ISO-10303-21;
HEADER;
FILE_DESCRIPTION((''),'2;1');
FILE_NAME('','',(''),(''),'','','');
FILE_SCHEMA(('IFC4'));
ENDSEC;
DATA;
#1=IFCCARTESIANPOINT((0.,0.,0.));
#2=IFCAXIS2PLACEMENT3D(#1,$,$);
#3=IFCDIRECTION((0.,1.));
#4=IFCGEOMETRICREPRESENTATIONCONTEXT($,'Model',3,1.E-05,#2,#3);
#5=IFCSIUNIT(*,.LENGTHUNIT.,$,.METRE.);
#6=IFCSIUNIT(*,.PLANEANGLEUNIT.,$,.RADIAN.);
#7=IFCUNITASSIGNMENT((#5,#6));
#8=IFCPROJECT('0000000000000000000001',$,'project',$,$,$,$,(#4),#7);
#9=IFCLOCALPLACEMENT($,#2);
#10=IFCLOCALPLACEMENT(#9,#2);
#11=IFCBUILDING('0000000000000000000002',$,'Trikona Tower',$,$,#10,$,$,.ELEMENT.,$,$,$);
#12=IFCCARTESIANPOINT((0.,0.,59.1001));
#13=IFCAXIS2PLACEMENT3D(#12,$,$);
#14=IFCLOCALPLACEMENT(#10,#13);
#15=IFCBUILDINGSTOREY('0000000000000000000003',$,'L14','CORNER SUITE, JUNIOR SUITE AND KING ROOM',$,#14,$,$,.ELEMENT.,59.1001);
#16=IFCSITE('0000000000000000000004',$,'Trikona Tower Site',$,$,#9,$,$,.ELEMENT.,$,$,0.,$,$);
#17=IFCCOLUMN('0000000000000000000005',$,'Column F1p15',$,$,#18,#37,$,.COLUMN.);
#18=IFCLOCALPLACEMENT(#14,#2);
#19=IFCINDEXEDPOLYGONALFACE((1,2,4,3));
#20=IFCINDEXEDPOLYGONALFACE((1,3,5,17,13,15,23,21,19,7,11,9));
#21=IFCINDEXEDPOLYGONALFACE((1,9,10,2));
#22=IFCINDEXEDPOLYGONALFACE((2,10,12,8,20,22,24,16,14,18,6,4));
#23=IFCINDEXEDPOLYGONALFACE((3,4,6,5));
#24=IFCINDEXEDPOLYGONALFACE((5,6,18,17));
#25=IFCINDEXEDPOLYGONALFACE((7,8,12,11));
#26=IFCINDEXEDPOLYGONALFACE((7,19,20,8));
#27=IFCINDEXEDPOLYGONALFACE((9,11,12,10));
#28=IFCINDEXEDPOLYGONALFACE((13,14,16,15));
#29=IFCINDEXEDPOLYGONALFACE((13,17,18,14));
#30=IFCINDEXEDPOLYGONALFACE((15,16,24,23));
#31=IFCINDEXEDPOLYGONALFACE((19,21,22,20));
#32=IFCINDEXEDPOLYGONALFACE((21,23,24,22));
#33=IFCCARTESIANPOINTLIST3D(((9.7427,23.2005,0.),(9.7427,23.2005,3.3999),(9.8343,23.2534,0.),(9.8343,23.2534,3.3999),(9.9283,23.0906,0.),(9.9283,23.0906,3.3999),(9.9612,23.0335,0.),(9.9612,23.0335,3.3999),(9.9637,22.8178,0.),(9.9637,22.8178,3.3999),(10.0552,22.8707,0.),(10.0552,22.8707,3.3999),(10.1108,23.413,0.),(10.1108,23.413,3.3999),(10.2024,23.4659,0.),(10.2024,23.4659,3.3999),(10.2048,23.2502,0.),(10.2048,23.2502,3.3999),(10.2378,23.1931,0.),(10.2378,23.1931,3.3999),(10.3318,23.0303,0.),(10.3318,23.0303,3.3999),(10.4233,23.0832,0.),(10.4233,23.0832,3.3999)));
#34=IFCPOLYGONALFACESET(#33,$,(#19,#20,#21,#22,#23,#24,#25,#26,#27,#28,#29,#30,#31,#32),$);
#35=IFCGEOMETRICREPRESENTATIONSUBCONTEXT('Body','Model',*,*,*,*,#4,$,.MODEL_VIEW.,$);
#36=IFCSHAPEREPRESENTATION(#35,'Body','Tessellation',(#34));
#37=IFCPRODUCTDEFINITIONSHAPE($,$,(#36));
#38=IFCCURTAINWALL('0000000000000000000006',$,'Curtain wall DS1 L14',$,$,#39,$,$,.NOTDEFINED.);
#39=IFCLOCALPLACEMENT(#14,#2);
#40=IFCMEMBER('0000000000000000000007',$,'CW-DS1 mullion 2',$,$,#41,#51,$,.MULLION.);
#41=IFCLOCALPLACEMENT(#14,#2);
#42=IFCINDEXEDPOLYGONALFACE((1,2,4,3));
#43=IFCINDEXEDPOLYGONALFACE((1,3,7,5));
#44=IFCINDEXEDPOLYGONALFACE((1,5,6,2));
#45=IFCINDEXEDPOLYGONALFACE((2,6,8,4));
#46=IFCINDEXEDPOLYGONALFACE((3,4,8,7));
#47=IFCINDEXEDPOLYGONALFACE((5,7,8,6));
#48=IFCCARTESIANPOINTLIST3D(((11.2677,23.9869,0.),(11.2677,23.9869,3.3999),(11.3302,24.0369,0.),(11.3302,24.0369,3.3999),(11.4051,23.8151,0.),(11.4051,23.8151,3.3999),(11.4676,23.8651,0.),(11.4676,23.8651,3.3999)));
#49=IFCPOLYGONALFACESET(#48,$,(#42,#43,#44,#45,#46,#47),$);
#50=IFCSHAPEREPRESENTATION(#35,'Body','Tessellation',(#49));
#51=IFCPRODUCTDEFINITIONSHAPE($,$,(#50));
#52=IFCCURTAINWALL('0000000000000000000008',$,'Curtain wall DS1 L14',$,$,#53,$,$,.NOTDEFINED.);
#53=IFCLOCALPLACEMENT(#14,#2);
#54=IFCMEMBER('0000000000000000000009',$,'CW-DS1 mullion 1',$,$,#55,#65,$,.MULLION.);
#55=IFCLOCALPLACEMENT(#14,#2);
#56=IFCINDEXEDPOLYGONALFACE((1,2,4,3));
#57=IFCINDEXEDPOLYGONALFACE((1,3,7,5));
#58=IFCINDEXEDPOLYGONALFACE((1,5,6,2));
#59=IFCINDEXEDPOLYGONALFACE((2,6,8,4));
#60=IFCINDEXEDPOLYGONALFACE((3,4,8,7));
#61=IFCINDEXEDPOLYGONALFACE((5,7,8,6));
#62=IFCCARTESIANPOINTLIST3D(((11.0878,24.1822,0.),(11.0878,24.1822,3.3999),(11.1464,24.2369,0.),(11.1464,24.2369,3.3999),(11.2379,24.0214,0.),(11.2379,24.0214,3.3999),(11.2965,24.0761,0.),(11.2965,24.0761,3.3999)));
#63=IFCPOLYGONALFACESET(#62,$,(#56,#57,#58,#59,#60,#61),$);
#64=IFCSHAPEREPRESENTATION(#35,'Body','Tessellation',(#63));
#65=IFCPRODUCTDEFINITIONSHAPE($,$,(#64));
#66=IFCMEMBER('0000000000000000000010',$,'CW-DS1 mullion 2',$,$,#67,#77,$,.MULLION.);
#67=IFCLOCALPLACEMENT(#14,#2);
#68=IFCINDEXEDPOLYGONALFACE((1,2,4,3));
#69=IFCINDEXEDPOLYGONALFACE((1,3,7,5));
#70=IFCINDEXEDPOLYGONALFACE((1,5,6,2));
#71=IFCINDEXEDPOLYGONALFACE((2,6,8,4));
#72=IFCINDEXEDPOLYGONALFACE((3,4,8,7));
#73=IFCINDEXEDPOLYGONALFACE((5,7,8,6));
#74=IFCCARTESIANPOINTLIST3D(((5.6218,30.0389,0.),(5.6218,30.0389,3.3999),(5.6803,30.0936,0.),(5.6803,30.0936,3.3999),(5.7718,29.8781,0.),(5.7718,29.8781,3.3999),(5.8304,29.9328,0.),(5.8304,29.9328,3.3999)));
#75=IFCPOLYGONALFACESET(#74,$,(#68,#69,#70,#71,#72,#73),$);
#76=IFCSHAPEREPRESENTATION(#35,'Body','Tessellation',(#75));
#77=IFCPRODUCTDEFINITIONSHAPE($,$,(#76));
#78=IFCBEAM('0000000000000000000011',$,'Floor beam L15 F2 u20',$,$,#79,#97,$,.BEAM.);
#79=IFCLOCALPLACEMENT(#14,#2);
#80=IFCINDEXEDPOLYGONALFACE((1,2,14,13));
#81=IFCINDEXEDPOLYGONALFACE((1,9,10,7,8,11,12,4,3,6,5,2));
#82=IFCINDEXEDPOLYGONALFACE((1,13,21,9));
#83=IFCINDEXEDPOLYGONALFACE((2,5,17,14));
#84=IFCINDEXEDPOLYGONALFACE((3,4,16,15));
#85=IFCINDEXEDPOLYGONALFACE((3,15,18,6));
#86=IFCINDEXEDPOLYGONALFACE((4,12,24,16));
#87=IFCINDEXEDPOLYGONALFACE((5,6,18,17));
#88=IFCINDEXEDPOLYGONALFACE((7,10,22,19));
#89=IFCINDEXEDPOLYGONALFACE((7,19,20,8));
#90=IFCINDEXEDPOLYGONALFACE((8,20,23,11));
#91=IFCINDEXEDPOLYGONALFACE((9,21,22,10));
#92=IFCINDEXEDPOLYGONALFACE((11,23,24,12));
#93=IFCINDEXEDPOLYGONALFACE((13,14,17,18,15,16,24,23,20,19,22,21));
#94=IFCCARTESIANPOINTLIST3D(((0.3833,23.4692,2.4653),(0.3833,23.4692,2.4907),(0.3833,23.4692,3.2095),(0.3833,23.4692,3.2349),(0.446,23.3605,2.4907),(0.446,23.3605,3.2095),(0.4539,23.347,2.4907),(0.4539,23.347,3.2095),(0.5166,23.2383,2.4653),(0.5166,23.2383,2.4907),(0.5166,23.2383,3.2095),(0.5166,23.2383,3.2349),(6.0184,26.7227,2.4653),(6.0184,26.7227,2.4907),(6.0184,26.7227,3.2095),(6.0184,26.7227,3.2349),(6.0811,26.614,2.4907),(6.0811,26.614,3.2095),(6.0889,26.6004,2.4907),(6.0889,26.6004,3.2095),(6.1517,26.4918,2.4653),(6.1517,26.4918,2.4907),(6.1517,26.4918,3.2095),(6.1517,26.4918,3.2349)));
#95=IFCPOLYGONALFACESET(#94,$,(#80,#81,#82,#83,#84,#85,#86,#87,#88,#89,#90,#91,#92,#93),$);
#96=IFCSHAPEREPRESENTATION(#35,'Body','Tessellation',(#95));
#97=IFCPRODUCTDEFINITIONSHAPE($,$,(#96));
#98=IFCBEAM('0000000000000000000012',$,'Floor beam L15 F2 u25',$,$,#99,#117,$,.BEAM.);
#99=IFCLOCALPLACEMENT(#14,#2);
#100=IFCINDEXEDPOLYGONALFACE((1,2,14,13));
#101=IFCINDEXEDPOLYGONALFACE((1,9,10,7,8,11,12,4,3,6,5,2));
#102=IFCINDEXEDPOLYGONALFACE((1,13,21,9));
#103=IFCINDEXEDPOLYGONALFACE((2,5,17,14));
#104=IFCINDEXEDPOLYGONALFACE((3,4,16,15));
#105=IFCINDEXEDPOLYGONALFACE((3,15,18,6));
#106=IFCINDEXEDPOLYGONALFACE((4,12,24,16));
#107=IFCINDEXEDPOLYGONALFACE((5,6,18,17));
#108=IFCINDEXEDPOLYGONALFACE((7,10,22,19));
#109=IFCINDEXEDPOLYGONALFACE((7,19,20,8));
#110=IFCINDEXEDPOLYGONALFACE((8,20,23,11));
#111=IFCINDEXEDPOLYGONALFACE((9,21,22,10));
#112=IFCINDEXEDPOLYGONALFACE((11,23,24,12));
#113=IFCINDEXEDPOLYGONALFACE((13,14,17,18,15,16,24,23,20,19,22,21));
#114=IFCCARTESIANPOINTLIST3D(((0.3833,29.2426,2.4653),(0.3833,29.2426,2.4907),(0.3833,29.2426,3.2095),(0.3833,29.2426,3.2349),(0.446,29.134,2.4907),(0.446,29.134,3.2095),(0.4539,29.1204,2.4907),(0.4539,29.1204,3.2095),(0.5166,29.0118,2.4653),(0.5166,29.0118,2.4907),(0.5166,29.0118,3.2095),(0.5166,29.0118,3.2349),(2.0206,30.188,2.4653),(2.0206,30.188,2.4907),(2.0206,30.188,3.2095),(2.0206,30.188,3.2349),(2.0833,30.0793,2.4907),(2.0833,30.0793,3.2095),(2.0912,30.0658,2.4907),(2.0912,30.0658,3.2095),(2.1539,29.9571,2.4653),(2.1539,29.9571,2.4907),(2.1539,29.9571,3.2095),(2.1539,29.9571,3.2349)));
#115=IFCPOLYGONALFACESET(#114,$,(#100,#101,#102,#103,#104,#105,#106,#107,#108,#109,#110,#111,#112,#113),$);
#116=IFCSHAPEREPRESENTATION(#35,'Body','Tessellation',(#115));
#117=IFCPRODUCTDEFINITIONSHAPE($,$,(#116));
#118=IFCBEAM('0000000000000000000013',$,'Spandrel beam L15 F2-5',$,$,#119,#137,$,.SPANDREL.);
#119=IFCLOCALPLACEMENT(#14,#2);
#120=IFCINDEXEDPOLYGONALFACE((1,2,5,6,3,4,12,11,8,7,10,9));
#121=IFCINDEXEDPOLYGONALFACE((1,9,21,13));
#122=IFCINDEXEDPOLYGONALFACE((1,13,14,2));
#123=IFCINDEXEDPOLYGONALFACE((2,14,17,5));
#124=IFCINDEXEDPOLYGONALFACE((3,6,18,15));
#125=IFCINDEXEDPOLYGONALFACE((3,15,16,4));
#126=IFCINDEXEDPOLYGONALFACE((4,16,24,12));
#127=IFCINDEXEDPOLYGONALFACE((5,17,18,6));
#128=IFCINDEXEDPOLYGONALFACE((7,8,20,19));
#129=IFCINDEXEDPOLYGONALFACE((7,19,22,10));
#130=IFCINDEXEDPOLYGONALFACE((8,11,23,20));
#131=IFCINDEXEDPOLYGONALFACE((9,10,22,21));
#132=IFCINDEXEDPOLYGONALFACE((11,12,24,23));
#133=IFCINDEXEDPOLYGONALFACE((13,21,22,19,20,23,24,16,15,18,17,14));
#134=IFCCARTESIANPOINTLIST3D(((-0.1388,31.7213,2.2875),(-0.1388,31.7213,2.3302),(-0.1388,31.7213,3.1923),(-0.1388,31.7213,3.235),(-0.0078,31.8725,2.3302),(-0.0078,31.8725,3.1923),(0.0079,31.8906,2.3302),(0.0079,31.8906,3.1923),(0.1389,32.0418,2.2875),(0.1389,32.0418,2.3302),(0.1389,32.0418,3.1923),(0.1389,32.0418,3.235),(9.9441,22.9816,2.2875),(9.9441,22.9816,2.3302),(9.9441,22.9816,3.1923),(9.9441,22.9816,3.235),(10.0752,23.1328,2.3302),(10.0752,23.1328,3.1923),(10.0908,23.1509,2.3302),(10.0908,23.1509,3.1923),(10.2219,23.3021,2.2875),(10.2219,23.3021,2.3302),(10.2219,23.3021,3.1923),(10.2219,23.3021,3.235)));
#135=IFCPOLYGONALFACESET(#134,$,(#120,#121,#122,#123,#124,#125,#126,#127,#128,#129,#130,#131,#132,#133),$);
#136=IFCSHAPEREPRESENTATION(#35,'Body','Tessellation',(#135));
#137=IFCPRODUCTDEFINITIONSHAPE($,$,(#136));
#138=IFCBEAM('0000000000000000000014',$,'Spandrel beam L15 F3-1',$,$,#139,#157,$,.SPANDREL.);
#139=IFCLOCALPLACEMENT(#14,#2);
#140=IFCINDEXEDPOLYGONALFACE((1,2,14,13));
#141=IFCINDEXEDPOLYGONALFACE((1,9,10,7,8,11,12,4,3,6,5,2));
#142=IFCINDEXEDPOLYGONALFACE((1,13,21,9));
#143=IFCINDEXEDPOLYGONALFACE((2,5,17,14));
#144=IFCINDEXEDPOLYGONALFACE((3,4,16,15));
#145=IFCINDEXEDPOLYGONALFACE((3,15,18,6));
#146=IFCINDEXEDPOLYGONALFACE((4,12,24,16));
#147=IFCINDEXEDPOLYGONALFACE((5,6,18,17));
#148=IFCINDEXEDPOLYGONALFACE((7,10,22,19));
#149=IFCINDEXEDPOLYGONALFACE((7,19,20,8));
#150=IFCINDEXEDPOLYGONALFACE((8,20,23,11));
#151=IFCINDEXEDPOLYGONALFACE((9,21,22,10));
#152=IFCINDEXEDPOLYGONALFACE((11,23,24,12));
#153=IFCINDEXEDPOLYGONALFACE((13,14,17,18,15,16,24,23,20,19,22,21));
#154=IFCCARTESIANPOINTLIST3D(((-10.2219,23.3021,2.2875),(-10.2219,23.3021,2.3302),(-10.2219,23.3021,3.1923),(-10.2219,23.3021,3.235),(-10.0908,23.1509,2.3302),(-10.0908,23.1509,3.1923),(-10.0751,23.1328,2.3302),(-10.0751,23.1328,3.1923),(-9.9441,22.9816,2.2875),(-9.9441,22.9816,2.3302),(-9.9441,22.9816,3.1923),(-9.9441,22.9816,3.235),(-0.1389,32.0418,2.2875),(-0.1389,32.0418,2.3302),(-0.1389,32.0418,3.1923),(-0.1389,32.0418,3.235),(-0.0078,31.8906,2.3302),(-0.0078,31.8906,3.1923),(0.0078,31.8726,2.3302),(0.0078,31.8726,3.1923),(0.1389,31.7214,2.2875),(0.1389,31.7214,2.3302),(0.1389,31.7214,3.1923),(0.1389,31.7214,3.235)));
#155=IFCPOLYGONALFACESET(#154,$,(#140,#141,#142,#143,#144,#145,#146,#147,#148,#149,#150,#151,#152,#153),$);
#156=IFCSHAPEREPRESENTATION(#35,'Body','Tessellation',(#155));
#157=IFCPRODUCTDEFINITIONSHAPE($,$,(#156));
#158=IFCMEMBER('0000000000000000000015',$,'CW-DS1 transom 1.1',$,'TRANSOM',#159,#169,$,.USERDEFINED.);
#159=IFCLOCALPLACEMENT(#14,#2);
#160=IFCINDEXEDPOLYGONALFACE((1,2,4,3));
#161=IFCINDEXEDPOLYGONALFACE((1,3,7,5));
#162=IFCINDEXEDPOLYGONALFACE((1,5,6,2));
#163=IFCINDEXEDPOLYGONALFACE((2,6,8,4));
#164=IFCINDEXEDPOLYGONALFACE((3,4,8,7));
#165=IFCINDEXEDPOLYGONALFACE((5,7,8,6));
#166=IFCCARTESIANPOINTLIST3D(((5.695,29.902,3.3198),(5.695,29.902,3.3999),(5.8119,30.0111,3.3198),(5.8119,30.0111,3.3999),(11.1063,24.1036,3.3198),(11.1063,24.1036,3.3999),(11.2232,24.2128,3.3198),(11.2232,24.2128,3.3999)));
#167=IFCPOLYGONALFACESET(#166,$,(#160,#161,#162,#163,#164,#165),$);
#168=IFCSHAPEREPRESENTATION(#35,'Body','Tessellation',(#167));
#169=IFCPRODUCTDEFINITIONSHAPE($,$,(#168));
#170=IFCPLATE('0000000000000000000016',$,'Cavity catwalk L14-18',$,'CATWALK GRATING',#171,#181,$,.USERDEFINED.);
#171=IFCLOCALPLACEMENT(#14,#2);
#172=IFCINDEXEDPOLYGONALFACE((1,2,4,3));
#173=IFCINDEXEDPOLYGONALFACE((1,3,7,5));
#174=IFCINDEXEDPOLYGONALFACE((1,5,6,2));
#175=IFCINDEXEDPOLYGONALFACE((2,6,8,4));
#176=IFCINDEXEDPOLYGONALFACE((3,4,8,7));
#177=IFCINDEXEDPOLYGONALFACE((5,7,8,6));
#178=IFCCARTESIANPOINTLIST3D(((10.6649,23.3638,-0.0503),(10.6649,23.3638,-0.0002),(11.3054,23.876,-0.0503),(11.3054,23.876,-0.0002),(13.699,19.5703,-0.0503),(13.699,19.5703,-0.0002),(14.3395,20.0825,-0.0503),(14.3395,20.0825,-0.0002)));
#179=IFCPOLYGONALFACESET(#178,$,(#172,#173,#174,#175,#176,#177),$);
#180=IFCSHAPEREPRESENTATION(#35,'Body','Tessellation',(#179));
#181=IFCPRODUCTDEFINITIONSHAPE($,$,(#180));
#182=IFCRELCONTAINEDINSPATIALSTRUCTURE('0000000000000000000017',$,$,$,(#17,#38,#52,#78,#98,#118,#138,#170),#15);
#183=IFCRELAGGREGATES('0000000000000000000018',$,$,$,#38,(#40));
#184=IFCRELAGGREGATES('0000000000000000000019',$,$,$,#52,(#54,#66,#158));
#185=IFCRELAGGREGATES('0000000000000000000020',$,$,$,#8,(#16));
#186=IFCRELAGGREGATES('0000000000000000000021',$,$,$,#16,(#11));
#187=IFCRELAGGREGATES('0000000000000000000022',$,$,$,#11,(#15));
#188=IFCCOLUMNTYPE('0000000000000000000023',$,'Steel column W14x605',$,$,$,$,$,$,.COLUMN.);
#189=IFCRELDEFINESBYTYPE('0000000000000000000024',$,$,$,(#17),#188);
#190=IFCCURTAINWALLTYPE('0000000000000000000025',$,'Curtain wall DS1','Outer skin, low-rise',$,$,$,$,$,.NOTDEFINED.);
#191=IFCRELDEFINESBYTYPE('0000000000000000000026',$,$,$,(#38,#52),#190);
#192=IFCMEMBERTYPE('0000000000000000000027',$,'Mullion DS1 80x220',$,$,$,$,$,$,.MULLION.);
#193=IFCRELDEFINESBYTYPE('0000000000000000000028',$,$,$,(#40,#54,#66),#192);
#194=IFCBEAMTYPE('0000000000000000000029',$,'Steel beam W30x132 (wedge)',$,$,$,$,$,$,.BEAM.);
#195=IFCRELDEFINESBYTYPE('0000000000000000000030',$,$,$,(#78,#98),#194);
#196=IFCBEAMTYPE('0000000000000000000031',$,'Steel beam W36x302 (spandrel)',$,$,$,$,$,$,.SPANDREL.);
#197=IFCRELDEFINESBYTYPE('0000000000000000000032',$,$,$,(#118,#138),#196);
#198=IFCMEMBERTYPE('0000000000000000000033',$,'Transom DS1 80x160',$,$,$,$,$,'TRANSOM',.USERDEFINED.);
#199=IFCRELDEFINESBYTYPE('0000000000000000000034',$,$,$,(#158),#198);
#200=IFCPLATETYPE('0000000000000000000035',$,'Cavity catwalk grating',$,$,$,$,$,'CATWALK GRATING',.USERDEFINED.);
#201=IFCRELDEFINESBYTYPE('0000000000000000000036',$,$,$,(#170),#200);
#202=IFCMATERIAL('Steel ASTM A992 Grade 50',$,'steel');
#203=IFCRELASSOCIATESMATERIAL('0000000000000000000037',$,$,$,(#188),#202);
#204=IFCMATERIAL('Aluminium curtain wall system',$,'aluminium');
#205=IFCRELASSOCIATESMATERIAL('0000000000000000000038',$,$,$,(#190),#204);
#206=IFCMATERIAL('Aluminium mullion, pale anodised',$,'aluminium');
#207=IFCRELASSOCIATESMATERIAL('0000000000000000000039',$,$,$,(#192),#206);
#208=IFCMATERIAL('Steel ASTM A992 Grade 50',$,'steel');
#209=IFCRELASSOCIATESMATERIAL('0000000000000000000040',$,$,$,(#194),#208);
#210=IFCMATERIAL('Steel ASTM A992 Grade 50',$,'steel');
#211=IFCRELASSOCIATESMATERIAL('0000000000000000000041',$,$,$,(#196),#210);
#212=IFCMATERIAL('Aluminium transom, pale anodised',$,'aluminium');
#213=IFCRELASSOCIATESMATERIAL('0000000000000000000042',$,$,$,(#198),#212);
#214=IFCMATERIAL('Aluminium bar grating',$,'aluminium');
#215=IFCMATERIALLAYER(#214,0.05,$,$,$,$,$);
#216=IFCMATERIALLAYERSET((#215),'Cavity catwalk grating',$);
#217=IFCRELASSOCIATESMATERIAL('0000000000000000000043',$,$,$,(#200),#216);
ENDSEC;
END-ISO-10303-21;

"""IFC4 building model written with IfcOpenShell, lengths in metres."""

from ifc_helpers import new_model, si_unit, direction, frame, origin, origin_2d, place, context, subcontext, project, spatial, rectangle, i_section, extrude, material, layer, layer_set, material_profile, profile_set, type_object, element, aggregate, save


model = new_model("IFC4")

# Units and contexts
model_context = context("Model", 3, precision=1e-05, world=origin(), true_north=direction((0.0, 1.0)))
body_context = subcontext(model_context, "Body", "Model", "MODEL_VIEW")
ifc_project = project(units=[si_unit("LENGTHUNIT", "METRE"), si_unit("PLANEANGLEUNIT", "RADIAN")], contexts=[model_context])

# Site, building, storey
site_placement = place(None, origin())
site = spatial("IfcSite", under=ifc_project, at=site_placement, Name="Trikona Tower Site", CompositionType="ELEMENT", RefElevation=0.0)
building_placement = place(site_placement, origin())
building = spatial("IfcBuilding", under=site, at=building_placement, Name="Trikona Tower", CompositionType="ELEMENT")
storey_placement = place(building_placement, frame((0.0, 0.0, 59.1001)))
storey = spatial("IfcBuildingStorey", under=building, at=storey_placement, Name="L14", Description="CORNER SUITE, JUNIOR SUITE AND KING ROOM", CompositionType="ELEMENT", Elevation=59.1001)

# Column
ifc_material_1 = material(Name="Steel ASTM A992 Grade 50", Category="steel")
ifc_material_profile_1 = material_profile(ifc_material_1, i_section(OverallWidth=0.4419, OverallDepth=0.5308, WebThickness=0.0659, FlangeThickness=0.1057, at=origin_2d()), Name="W14X605")
ifc_profile_set_1 = profile_set([ifc_material_profile_1], Name="Steel ASTM A992 Grade 50")
column_type = type_object("IfcColumnType", Name="Steel column W14x605", PredefinedType="COLUMN", material=ifc_profile_set_1)
column_placement = place(storey_placement, frame((10.083, 23.1418, 0.0), z_axis=(0.0, 0.0, 1.0), x_axis=(-0.5, 0.866025, 0.0)))
element("IfcColumn", 1, at=column_placement, inside=storey, type_object=column_type, Name="Column F1p15", PredefinedType="COLUMN", context=body_context, shape_type="SweptSolid", body=[
    extrude(i_section(OverallWidth=0.4419, OverallDepth=0.5308, WebThickness=0.0659, FlangeThickness=0.1057, at=origin_2d()), origin(), (0.0, 0.0, 1.0), 3.3999),
])

# Curtain wall, member
ifc_material_2 = material(Name="Aluminium curtain wall system", Category="aluminium")
curtain_wall_type = type_object("IfcCurtainWallType", Name="Curtain wall DS1", Description="Outer skin, low-rise", PredefinedType="NOTDEFINED", material=ifc_material_2)
curtain_wall_1_placement = place(storey_placement, origin())
curtain_wall_1 = element("IfcCurtainWall", 2, at=curtain_wall_1_placement, inside=storey, type_object=curtain_wall_type, Name="Curtain wall DS1 L14", PredefinedType="NOTDEFINED")
ifc_material_3 = material(Name="Aluminium mullion, pale anodised", Category="aluminium")
ifc_material_profile_2 = material_profile(ifc_material_3, rectangle(XDim=0.0801, YDim=0.22, at=origin_2d()), Name="MUL-DS1")
ifc_profile_set_2 = profile_set([ifc_material_profile_2], Name="Aluminium mullion, pale anodised")
member_type_1 = type_object("IfcMemberType", Name="Mullion DS1 80x220", PredefinedType="MULLION", material=ifc_profile_set_2)
member_1_placement = place(storey_placement, frame((11.3677, 23.926, 0.0), z_axis=(0.0, 0.0, 1.0), x_axis=(-0.780938, -0.624609, 0.0)))
member_1 = element("IfcMember", 3, at=member_1_placement, type_object=member_type_1, Name="CW-DS1 mullion 2", PredefinedType="MULLION", context=body_context, shape_type="SweptSolid", body=[
    extrude(rectangle(XDim=0.0801, YDim=0.22, at=origin_2d()), origin(), (0.0, 0.0, 1.0), 3.3999),
])

# Curtain wall, members
curtain_wall_2_placement = place(storey_placement, origin())
curtain_wall_2 = element("IfcCurtainWall", 4, at=curtain_wall_2_placement, inside=storey, type_object=curtain_wall_type, Name="Curtain wall DS1 L14", PredefinedType="NOTDEFINED")
member_2_placement = place(storey_placement, frame((11.1921, 24.1292, 0.0), z_axis=(0.0, 0.0, 1.0), x_axis=(-0.731077, -0.682295, 0.0)))
member_2 = element("IfcMember", 5, at=member_2_placement, type_object=member_type_1, Name="CW-DS1 mullion 1", PredefinedType="MULLION", context=body_context, shape_type="SweptSolid", body=[
    extrude(rectangle(XDim=0.0801, YDim=0.22, at=origin_2d()), origin(), (0.0, 0.0, 1.0), 3.3999),
])
member_3_placement = place(storey_placement, frame((5.7261, 29.9858, 0.0), z_axis=(0.0, 0.0, 1.0), x_axis=(-0.731077, -0.682295, 0.0)))
member_3 = element("IfcMember", 6, at=member_3_placement, type_object=member_type_1, Name="CW-DS1 mullion 2", PredefinedType="MULLION", context=body_context, shape_type="SweptSolid", body=[
    extrude(rectangle(XDim=0.0801, YDim=0.22, at=origin_2d()), origin(), (0.0, 0.0, 1.0), 3.3999),
])

# Beams
ifc_material_4 = material(Name="Steel ASTM A992 Grade 50", Category="steel")
ifc_material_profile_3 = material_profile(ifc_material_4, i_section(OverallWidth=0.2666, OverallDepth=0.7695, WebThickness=0.0156, FlangeThickness=0.0254, at=origin_2d()), Name="W30X132")
ifc_profile_set_3 = profile_set([ifc_material_profile_3], Name="Steel ASTM A992 Grade 50")
beam_type_1 = type_object("IfcBeamType", Name="Steel beam W30x132 (wedge)", PredefinedType="BEAM", material=ifc_profile_set_3)
beam_1_placement = place(storey_placement, frame((0.45, 23.3538, 2.8501), z_axis=(0.866023, 0.500005, 0.0), x_axis=(-0.500005, 0.866023, 0.0)))
element("IfcBeam", 7, at=beam_1_placement, inside=storey, type_object=beam_type_1, Name="Floor beam L15 F2 u20", PredefinedType="BEAM", context=body_context, shape_type="SweptSolid", body=[
    extrude(i_section(OverallWidth=0.2666, OverallDepth=0.7695, WebThickness=0.0156, FlangeThickness=0.0254, at=origin_2d()), origin(), (0.0, 0.0, 1.0), 6.5068),
])
beam_2_placement = place(storey_placement, frame((0.45, 29.1272, 2.8501), z_axis=(0.866009, 0.500028, 0.0), x_axis=(-0.500028, 0.866009, 0.0)))
element("IfcBeam", 8, at=beam_2_placement, inside=storey, type_object=beam_type_1, Name="Floor beam L15 F2 u25", PredefinedType="BEAM", context=body_context, shape_type="SweptSolid", body=[
    extrude(i_section(OverallWidth=0.2666, OverallDepth=0.7695, WebThickness=0.0156, FlangeThickness=0.0254, at=origin_2d()), origin(), (0.0, 0.0, 1.0), 1.8906),
])
ifc_material_5 = material(Name="Steel ASTM A992 Grade 50", Category="steel")
ifc_material_profile_4 = material_profile(ifc_material_5, i_section(OverallWidth=0.4241, OverallDepth=0.9475, WebThickness=0.0239, FlangeThickness=0.0427, at=origin_2d()), Name="W36X302")
ifc_profile_set_4 = profile_set([ifc_material_profile_4], Name="Steel ASTM A992 Grade 50")
beam_type_2 = type_object("IfcBeamType", Name="Steel beam W36x302 (spandrel)", PredefinedType="SPANDREL", material=ifc_profile_set_4)
for number, where, z_axis, x_axis, name in (
    (9, (10.083, 23.1418, 2.7612), (-0.755647, 0.654979, 0.0), (-0.654979, -0.755647, 0.0), "Spandrel beam L15 F2-5"),
    (10, (0.0, 31.8816, 2.7612), (-0.755647, -0.654979, 0.0), (0.654979, -0.755647, 0.0), "Spandrel beam L15 F3-1"),
):
    element("IfcBeam", number, at=place(storey_placement, frame(where, z_axis=z_axis, x_axis=x_axis)), inside=storey, type_object=beam_type_2, Name=name, PredefinedType="SPANDREL", context=body_context, shape_type="SweptSolid", body=[
        extrude(i_section(OverallWidth=0.4241, OverallDepth=0.9475, WebThickness=0.0239, FlangeThickness=0.0427, at=origin_2d()), origin(), (0.0, 0.0, 1.0), 13.3435),
    ])

# Member
ifc_material_6 = material(Name="Aluminium transom, pale anodised", Category="aluminium")
ifc_material_profile_5 = material_profile(ifc_material_6, rectangle(XDim=0.1599, YDim=0.0801, at=origin_2d()), Name="TRN-DS1")
ifc_profile_set_5 = profile_set([ifc_material_profile_5], Name="Aluminium transom, pale anodised")
member_type_2 = type_object("IfcMemberType", Name="Transom DS1 80x160", ElementType="TRANSOM", PredefinedType="USERDEFINED", material=ifc_profile_set_5)
member_4_placement = place(storey_placement, frame((11.1648, 24.1582, 3.3599), z_axis=(-0.682291, 0.731081, 0.0), x_axis=(-0.731081, -0.682291, 0.0)))
member_4 = element("IfcMember", 11, at=member_4_placement, type_object=member_type_2, Name="CW-DS1 transom 1.1", ObjectType="TRANSOM", PredefinedType="USERDEFINED", context=body_context, shape_type="SweptSolid", body=[
    extrude(rectangle(XDim=0.1599, YDim=0.0801, at=origin_2d()), origin(), (0.0, 0.0, 1.0), 7.9312),
])

# Plate
ifc_material_7 = material(Name="Aluminium bar grating", Category="aluminium")
ifc_layer_1 = layer(ifc_material_7, 0.05)
ifc_layer_set_1 = layer_set([ifc_layer_1], Name="Cavity catwalk grating")
plate_type_1 = type_object("IfcPlateType", Name="Cavity catwalk grating", ElementType="CATWALK GRATING", PredefinedType="USERDEFINED", material=ifc_layer_set_1)
plate_1_placement = place(storey_placement, frame((12.5022, 21.7231, -0.0503), z_axis=(0.0, 0.0, 1.0), x_axis=(-0.624604, 0.780942, 0.0)))
element("IfcPlate", 12, at=plate_1_placement, inside=storey, type_object=plate_type_1, Name="Cavity catwalk L14-18", ObjectType="CATWALK GRATING", PredefinedType="USERDEFINED", context=body_context, shape_type="SweptSolid", body=[
    extrude(rectangle(XDim=4.8577, YDim=0.8201, at=origin_2d()), origin(), (0.0, 0.0, 1.0), 0.05),
])

aggregate(curtain_wall_1, [member_1])
aggregate(curtain_wall_2, [member_2, member_3, member_4])

save(model, "model.ifc")
